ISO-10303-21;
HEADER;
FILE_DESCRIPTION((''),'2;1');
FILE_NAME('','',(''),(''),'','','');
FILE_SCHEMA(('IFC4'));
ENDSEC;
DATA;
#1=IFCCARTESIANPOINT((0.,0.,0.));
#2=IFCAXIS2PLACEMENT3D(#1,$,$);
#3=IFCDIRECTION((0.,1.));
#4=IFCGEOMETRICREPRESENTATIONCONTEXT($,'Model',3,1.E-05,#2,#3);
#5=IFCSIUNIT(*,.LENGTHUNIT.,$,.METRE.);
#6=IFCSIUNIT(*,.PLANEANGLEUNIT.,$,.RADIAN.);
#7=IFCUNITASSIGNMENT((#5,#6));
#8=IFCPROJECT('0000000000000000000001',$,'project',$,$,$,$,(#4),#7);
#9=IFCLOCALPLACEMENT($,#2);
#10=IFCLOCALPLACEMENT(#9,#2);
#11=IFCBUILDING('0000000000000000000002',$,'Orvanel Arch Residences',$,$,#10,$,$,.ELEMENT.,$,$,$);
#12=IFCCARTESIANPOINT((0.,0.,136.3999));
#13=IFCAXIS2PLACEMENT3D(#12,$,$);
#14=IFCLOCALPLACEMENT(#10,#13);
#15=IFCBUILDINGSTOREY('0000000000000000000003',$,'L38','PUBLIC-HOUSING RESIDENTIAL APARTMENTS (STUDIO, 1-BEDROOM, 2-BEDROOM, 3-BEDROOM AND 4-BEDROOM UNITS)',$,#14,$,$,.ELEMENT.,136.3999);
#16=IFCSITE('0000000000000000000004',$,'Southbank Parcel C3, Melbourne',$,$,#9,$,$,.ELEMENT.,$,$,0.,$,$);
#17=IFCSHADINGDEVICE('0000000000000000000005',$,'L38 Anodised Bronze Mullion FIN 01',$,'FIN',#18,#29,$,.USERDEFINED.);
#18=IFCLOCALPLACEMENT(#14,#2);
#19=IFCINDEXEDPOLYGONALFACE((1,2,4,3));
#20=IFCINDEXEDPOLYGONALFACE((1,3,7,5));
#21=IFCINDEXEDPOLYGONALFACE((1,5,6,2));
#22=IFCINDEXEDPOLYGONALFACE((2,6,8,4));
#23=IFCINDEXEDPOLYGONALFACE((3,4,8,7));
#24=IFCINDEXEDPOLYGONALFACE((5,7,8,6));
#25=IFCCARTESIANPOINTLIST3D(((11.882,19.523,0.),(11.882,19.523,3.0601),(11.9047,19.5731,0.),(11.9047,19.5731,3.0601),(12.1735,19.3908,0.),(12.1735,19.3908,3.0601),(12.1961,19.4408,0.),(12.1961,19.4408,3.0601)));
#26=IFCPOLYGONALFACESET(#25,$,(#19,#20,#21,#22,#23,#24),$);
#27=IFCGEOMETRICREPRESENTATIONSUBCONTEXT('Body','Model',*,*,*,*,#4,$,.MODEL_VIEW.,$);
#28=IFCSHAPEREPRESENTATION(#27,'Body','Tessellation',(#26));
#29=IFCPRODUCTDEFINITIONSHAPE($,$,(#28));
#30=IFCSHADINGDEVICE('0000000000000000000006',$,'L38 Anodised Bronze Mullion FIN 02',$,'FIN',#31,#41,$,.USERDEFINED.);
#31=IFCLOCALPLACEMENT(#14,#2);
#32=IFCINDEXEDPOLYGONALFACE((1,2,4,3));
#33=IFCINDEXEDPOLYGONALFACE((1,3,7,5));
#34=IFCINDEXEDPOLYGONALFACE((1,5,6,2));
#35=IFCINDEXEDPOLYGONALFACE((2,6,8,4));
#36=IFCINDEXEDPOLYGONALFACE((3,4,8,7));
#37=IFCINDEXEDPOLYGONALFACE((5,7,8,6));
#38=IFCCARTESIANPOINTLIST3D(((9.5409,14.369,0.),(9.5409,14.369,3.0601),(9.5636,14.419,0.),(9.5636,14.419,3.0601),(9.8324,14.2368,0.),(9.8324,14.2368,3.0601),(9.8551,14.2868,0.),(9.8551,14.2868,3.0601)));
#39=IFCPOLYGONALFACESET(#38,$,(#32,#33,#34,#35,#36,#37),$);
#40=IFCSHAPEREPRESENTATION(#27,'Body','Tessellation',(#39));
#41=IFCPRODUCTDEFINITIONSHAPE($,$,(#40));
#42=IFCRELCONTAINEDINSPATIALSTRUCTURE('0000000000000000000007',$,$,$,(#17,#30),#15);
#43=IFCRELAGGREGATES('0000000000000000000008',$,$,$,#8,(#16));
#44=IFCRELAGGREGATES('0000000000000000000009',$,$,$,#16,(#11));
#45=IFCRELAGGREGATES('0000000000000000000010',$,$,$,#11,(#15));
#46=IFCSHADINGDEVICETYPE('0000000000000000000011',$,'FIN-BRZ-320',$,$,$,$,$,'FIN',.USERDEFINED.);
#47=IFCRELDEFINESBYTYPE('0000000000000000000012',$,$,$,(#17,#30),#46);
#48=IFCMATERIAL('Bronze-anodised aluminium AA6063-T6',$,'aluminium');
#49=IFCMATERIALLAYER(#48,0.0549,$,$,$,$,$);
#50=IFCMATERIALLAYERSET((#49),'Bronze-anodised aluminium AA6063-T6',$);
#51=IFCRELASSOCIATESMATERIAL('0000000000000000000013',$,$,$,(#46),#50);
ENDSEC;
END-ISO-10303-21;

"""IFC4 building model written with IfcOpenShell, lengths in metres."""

from ifc_helpers import new_model, si_unit, direction, frame, origin, origin_2d, place, context, subcontext, project, spatial, rectangle, extrude, material, layer, layer_set, type_object, element, save


model = new_model("IFC4")

# Units and contexts
model_context = context("Model", 3, precision=1e-05, world=origin(), true_north=direction((0.0, 1.0)))
body_context = subcontext(model_context, "Body", "Model", "MODEL_VIEW")
ifc_project = project(units=[si_unit("LENGTHUNIT", "METRE"), si_unit("PLANEANGLEUNIT", "RADIAN")], contexts=[model_context])

# Site, building, storey
site_placement = place(None, origin())
site = spatial("IfcSite", under=ifc_project, at=site_placement, Name="Southbank Parcel C3, Melbourne", CompositionType="ELEMENT", RefElevation=0.0)
building_placement = place(site_placement, origin())
building = spatial("IfcBuilding", under=site, at=building_placement, Name="Orvanel Arch Residences", CompositionType="ELEMENT")
storey_placement = place(building_placement, frame((0.0, 0.0, 136.3999)))
storey = spatial("IfcBuildingStorey", under=building, at=storey_placement, Name="L38", Description="PUBLIC-HOUSING RESIDENTIAL APARTMENTS (STUDIO, 1-BEDROOM, 2-BEDROOM, 3-BEDROOM AND 4-BEDROOM UNITS)", CompositionType="ELEMENT", Elevation=136.3999)

# Shared definitions
ifc_material_1 = material(Name="Bronze-anodised aluminium AA6063-T6", Category="aluminium")

# Shading devices
ifc_layer_1 = layer(ifc_material_1, 0.0549)
ifc_layer_set_1 = layer_set([ifc_layer_1], Name="Bronze-anodised aluminium AA6063-T6")
shading_device_type = type_object("IfcShadingDeviceType", Name="FIN-BRZ-320", ElementType="FIN", PredefinedType="USERDEFINED", material=ifc_layer_set_1)
for number, where, z_axis, x_axis, name in (
    (1, (12.0391, 19.4819, 0.0), (0.0, 0.0, 1.0), (-0.910684, 0.413104, 0.0), "L38 Anodised Bronze Mullion FIN 01"),
    (2, (9.698, 14.3279, 0.0), (0.0, 0.0, 1.0), (-0.910684, 0.413104, 0.0), "L38 Anodised Bronze Mullion FIN 02"),
):
    element("IfcShadingDevice", number, at=place(storey_placement, frame(where, z_axis=z_axis, x_axis=x_axis)), inside=storey, type_object=shading_device_type, Name=name, ObjectType="FIN", PredefinedType="USERDEFINED", context=body_context, shape_type="SweptSolid", body=[
        extrude(rectangle(XDim=0.3201, YDim=0.0549, at=origin_2d()), origin(), (0.0, 0.0, 1.0), 3.0601),
    ])

save(model, "model.ifc")
